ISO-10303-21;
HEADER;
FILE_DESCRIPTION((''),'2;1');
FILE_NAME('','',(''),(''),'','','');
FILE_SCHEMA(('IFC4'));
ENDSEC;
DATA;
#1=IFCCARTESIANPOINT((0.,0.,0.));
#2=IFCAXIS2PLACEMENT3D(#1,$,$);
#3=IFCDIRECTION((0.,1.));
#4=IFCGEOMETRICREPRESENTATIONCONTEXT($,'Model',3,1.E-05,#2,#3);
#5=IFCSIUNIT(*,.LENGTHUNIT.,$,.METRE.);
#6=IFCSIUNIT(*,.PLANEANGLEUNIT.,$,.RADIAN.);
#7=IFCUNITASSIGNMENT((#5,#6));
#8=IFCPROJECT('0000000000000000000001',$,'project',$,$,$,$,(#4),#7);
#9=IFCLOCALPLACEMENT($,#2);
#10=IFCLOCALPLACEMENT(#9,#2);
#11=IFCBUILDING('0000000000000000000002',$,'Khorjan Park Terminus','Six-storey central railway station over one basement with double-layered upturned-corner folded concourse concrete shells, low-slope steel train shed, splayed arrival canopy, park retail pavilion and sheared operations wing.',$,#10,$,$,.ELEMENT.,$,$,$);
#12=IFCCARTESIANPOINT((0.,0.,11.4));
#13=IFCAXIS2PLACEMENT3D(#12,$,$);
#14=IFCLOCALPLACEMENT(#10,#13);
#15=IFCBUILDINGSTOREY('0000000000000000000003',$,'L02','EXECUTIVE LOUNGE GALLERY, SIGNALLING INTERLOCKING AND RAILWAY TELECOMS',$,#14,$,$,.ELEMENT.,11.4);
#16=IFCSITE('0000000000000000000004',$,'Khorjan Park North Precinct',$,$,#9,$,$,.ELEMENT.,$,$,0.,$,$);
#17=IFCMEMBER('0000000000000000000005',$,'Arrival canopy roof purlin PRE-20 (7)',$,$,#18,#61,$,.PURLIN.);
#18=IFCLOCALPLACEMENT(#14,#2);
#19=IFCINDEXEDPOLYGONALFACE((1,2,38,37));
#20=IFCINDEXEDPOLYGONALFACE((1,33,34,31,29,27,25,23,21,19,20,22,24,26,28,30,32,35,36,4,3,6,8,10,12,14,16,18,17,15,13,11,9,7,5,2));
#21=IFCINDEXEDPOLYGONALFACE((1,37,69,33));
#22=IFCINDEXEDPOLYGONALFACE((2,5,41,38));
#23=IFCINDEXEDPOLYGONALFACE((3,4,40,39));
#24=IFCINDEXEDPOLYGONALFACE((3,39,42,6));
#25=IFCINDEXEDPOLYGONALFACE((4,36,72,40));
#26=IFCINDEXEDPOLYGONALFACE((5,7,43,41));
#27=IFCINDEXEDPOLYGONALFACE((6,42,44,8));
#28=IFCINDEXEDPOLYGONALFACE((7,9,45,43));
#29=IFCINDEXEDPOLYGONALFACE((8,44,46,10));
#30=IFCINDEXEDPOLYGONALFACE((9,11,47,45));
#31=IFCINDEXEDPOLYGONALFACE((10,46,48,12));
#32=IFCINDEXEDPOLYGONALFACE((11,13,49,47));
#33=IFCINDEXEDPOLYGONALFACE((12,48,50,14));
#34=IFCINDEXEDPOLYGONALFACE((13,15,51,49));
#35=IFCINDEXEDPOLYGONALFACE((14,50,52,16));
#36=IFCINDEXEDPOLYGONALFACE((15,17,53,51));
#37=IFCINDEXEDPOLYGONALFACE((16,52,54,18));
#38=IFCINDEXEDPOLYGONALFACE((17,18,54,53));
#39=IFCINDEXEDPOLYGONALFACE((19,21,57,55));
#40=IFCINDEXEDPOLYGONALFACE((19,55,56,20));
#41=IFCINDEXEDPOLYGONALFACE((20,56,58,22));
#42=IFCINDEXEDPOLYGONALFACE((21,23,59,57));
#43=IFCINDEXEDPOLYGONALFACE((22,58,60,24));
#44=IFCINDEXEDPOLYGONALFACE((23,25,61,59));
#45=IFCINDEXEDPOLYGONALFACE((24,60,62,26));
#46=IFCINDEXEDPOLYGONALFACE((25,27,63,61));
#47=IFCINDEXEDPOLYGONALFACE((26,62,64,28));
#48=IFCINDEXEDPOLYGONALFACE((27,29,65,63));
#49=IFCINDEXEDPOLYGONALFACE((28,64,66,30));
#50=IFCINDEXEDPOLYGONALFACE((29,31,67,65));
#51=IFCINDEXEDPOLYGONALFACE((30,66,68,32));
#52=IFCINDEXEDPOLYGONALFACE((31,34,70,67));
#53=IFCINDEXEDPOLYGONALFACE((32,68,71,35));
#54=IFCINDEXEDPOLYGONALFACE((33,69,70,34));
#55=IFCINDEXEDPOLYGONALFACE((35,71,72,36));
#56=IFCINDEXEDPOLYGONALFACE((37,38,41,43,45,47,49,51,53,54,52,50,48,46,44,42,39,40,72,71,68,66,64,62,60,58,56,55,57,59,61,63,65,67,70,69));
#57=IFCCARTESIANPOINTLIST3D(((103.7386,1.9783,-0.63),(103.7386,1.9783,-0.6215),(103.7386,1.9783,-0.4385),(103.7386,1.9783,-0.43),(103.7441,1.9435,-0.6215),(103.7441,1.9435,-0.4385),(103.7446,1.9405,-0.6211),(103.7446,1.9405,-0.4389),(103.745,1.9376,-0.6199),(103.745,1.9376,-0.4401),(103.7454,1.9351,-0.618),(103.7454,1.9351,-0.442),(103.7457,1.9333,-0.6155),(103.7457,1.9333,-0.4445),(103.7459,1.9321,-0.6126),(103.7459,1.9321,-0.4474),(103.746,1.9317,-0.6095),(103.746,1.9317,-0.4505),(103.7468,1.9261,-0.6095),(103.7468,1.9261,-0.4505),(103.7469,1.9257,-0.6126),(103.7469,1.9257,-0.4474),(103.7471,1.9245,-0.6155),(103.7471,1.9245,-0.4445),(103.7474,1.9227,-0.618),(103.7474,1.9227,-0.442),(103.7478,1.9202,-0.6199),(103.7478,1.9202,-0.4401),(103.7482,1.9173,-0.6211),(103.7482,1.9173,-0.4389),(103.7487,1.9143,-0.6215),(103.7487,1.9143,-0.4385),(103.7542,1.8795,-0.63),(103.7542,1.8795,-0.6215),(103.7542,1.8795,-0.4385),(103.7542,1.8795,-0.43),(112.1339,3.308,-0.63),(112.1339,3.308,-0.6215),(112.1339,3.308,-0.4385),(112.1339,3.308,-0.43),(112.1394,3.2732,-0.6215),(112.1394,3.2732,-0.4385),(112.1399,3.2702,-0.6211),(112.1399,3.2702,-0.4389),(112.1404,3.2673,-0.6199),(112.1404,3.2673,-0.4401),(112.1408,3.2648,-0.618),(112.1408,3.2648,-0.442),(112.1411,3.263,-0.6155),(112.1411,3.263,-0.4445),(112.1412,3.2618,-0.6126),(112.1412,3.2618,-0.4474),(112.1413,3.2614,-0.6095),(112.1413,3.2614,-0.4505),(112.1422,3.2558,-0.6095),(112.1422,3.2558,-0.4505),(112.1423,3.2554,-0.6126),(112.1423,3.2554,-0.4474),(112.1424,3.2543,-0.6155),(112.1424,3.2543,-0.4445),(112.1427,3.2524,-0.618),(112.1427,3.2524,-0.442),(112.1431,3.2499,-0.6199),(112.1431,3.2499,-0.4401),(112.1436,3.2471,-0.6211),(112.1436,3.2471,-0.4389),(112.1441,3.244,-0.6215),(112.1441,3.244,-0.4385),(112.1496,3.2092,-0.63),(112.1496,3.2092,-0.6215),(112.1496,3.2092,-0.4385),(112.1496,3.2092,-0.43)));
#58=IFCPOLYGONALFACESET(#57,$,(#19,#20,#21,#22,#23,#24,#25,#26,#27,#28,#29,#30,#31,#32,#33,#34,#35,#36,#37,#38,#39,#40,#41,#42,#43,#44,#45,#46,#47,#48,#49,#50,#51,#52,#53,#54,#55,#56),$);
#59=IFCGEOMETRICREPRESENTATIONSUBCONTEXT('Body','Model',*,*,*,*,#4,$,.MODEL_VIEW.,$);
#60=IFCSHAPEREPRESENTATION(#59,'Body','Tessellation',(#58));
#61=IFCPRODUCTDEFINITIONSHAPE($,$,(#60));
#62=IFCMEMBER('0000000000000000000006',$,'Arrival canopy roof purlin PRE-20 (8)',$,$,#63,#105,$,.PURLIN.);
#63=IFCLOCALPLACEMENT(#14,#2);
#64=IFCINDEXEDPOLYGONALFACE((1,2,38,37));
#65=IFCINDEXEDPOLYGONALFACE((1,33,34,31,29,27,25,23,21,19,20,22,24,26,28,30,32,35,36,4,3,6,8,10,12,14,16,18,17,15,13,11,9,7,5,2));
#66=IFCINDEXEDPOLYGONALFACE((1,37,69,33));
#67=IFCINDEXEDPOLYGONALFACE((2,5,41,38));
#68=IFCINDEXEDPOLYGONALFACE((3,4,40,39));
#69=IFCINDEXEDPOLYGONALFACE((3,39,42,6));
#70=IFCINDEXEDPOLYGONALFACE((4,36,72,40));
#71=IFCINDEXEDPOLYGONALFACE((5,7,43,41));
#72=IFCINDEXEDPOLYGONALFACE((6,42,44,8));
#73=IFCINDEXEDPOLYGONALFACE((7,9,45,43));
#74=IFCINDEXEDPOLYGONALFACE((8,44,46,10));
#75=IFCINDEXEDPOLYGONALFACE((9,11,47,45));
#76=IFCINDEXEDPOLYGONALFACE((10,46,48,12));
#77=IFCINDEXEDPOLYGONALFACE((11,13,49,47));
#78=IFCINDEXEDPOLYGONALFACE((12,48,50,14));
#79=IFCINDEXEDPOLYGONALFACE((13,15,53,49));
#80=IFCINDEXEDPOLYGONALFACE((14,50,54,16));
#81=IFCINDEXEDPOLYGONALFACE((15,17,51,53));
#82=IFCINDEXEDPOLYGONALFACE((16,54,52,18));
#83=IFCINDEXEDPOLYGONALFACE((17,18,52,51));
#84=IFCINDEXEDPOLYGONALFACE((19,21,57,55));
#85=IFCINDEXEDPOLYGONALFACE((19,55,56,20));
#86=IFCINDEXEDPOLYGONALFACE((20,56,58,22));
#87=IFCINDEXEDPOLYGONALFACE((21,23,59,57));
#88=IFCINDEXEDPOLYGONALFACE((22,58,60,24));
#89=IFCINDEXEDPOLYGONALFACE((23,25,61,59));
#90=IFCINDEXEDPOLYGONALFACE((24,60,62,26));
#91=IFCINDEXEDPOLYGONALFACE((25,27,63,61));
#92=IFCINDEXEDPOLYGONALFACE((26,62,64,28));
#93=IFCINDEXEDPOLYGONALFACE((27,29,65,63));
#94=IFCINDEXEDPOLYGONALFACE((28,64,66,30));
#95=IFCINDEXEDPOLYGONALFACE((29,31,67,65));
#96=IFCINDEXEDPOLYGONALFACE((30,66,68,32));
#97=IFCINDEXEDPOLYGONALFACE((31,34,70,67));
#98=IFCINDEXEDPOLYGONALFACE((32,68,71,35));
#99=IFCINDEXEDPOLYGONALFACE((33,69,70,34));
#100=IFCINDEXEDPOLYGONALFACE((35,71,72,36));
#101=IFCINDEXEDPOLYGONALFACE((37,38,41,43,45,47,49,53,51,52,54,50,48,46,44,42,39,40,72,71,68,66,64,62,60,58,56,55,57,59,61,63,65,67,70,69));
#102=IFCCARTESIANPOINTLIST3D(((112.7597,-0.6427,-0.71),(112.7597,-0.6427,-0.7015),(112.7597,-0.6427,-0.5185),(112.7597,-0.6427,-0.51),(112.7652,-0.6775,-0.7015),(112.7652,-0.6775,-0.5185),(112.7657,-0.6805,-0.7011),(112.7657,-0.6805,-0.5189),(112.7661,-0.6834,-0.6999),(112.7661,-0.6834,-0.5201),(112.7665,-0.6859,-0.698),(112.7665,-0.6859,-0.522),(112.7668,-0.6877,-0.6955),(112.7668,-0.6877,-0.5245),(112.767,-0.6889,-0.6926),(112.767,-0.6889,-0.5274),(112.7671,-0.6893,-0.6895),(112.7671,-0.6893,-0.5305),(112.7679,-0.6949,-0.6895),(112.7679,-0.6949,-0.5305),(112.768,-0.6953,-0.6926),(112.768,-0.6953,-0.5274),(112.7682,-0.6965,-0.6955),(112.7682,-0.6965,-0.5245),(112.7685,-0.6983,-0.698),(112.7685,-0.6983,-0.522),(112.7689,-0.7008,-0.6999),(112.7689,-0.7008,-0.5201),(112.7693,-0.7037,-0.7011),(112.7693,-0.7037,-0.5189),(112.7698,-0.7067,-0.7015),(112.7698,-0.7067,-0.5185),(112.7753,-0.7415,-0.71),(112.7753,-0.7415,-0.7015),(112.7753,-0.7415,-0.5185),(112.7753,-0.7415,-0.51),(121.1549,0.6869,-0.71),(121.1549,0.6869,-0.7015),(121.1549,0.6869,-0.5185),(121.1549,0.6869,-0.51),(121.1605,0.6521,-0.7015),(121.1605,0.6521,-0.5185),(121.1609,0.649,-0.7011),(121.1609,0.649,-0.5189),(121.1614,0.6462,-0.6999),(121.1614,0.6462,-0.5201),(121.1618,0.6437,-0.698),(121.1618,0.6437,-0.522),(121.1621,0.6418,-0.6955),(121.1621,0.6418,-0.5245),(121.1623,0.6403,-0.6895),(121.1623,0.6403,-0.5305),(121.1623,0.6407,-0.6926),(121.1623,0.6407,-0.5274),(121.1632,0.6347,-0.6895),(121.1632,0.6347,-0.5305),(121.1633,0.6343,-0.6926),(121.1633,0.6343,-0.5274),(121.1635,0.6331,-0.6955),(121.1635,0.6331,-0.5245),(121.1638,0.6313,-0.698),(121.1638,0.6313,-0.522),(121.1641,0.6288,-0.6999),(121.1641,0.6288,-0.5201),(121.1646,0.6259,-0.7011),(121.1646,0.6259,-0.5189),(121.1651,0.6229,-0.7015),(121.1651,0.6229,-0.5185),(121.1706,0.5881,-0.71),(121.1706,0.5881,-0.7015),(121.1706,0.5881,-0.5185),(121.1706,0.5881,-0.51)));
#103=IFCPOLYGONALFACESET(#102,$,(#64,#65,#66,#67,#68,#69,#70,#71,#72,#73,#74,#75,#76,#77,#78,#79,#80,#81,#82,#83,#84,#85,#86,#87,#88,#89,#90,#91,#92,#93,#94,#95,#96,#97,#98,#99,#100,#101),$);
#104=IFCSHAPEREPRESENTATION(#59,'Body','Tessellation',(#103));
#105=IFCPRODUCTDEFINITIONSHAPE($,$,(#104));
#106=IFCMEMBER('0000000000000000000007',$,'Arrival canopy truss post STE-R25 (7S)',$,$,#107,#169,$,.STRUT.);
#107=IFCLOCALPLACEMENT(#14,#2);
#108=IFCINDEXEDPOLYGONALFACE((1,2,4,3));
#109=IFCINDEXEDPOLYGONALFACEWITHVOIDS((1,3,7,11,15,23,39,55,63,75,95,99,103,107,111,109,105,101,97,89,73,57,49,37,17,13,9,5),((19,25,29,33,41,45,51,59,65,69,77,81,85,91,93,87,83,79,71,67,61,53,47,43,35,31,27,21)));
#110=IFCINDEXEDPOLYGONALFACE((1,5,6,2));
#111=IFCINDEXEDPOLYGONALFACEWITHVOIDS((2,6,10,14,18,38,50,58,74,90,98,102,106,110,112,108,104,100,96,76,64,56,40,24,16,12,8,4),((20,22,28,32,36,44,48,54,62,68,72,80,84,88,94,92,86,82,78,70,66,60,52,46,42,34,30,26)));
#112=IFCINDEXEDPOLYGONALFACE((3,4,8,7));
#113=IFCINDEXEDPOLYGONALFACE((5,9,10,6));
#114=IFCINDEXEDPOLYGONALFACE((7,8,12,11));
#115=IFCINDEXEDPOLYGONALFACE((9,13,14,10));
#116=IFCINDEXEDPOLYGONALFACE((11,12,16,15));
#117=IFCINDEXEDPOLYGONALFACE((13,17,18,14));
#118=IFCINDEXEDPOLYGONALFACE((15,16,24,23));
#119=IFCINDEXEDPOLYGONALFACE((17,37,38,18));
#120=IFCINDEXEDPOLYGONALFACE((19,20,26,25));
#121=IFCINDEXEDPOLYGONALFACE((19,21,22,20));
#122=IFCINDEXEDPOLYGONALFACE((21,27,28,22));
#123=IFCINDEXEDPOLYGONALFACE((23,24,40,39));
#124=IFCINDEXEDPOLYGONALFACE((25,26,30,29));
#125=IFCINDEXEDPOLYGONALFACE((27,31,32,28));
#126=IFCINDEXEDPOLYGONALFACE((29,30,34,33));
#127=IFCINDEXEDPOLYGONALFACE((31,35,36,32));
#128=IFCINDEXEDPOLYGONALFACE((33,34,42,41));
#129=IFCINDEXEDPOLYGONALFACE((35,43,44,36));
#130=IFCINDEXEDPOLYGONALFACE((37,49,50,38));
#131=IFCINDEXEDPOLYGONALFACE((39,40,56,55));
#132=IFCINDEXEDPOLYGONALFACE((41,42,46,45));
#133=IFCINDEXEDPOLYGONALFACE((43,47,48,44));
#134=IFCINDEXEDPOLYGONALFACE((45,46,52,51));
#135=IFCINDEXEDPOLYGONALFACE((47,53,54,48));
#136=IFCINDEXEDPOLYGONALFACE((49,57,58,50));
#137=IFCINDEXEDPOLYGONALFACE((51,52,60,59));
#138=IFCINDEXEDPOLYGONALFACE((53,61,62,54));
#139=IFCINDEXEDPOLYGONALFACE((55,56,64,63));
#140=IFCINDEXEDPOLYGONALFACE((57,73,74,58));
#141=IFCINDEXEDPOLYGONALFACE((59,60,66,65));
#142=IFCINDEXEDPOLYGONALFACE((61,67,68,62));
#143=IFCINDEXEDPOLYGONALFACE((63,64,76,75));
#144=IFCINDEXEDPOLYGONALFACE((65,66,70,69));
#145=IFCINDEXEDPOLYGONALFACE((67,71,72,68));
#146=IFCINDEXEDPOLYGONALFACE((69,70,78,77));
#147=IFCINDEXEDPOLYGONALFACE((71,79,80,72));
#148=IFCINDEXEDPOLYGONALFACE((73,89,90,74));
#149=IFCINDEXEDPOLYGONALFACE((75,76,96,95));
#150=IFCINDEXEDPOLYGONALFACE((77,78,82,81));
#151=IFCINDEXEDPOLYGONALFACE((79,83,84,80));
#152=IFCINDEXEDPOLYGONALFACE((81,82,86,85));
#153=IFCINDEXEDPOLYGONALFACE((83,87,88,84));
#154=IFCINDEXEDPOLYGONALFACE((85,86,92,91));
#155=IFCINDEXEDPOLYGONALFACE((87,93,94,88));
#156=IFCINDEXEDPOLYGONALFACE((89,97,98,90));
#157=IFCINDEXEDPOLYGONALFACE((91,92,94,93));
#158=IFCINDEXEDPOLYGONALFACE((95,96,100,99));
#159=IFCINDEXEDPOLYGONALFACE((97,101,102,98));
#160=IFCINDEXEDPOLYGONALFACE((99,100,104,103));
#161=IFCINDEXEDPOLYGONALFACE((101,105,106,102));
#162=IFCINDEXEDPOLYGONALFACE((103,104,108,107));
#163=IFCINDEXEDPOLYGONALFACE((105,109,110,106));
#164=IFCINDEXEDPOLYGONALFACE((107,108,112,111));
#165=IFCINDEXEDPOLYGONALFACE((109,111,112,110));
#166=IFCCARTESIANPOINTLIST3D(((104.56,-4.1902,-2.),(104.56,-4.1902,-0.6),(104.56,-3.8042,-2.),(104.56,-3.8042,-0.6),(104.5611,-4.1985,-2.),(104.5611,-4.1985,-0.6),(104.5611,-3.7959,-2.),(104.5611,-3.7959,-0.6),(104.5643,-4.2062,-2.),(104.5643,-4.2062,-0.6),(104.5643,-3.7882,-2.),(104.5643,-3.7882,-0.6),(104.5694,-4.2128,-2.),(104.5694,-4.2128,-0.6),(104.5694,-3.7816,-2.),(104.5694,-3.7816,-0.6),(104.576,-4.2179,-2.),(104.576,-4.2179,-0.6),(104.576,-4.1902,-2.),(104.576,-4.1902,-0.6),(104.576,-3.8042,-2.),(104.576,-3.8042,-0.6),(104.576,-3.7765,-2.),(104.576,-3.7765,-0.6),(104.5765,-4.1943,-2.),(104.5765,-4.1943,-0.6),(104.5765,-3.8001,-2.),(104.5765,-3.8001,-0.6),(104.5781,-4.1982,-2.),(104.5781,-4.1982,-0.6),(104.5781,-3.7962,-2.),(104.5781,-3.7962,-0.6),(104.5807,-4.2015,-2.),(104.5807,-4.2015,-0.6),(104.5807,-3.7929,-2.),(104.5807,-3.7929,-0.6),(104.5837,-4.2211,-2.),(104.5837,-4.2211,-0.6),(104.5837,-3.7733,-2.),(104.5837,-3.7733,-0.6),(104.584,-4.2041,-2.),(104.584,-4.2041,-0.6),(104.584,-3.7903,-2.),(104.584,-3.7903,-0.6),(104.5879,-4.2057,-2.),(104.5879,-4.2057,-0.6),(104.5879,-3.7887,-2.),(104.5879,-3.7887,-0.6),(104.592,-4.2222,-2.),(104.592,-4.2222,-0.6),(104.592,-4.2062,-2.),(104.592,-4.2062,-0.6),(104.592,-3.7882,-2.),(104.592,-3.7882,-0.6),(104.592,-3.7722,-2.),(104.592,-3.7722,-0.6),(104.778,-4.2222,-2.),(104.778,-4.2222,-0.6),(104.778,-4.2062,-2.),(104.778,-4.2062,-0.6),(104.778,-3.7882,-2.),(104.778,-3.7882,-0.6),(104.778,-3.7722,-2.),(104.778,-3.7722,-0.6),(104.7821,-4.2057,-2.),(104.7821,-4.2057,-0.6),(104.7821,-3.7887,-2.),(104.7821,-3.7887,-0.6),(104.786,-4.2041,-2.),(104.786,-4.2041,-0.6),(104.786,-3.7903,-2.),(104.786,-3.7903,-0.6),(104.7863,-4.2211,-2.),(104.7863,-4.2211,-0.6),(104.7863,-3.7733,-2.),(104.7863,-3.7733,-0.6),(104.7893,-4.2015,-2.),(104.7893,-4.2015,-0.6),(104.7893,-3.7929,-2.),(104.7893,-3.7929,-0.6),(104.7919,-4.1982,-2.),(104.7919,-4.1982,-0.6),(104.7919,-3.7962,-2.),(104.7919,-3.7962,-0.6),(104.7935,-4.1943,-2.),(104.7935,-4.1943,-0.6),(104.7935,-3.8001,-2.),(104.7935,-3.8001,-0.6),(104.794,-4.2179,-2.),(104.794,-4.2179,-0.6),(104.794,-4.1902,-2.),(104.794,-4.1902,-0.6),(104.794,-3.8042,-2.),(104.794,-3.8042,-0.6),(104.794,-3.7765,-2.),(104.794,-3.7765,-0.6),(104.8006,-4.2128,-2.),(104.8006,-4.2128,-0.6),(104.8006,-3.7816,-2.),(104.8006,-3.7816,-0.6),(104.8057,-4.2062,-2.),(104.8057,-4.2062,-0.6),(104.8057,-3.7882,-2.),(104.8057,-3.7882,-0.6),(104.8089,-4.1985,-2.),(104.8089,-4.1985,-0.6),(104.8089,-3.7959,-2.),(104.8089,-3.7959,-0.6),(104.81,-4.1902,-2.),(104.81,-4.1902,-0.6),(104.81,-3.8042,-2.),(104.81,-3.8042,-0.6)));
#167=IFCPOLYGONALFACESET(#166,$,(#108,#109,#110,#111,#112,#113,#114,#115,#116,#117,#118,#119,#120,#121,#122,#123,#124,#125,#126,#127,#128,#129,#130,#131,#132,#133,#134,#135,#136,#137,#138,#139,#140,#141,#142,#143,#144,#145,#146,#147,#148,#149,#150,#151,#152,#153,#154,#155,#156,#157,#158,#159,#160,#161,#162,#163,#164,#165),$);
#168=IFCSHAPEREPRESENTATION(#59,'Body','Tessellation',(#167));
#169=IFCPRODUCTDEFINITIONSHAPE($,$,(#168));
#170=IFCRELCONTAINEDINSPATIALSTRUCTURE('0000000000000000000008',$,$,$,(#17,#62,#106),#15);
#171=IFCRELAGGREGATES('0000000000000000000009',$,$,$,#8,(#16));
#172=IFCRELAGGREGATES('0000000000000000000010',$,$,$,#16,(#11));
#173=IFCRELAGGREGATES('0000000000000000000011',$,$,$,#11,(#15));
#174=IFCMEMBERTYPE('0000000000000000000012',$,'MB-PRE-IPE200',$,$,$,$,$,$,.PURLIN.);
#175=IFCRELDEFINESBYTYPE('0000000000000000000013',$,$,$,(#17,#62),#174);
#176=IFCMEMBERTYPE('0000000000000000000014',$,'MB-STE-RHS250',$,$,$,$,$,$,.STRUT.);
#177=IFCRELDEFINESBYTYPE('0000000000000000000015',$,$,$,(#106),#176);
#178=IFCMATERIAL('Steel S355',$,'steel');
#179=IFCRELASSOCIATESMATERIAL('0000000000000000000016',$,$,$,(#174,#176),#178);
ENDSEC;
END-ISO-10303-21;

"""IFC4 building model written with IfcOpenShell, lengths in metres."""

from ifc_helpers import new_model, si_unit, direction, frame, origin, origin_2d, place, context, subcontext, project, spatial, hollow_rectangle, i_section, extrude, material, material_profile, profile_set, type_object, element, save


model = new_model("IFC4")

# Units and contexts
model_context = context("Model", 3, precision=1e-05, world=origin(), true_north=direction((0.0, 1.0)))
body_context = subcontext(model_context, "Body", "Model", "MODEL_VIEW")
ifc_project = project(units=[si_unit("LENGTHUNIT", "METRE"), si_unit("PLANEANGLEUNIT", "RADIAN")], contexts=[model_context])

# Site, building, storey
site_placement = place(None, origin())
site = spatial("IfcSite", under=ifc_project, at=site_placement, Name="Khorjan Park North Precinct", CompositionType="ELEMENT", RefElevation=0.0)
building_placement = place(site_placement, origin())
building = spatial("IfcBuilding", under=site, at=building_placement, Name="Khorjan Park Terminus", Description="Six-storey central railway station over one basement with double-layered upturned-corner folded concourse concrete shells, low-slope steel train shed, splayed arrival canopy, park retail pavilion and sheared operations wing.", CompositionType="ELEMENT")
storey_placement = place(building_placement, frame((0.0, 0.0, 11.4)))
storey = spatial("IfcBuildingStorey", under=building, at=storey_placement, Name="L02", Description="EXECUTIVE LOUNGE GALLERY, SIGNALLING INTERLOCKING AND RAILWAY TELECOMS", CompositionType="ELEMENT", Elevation=11.4)

# Members
ifc_material = material(Name="Steel S355", Category="steel")
ifc_material_profile_1 = material_profile(ifc_material, i_section(OverallWidth=0.1, OverallDepth=0.2, WebThickness=0.0056, FlangeThickness=0.0085, FilletRadius=0.012, at=origin_2d()), Name="IPE 200")
ifc_profile_set_1 = profile_set([ifc_material_profile_1], Name="Steel S355")
member_type_1 = type_object("IfcMemberType", Name="MB-PRE-IPE200", PredefinedType="PURLIN", material=ifc_profile_set_1)
for number, where, z_axis, x_axis, name in (
    (1, (103.7464, 1.9289, -0.53), (0.987688, 0.156436, 0.0), (-0.156436, 0.987688, 0.0), "Arrival canopy roof purlin PRE-20 (7)"),
):
    element("IfcMember", number, at=place(storey_placement, frame(where, z_axis=z_axis, x_axis=x_axis)), inside=storey, type_object=member_type_1, Name=name, PredefinedType="PURLIN", context=body_context, shape_type="SweptSolid", body=[
        extrude(i_section(OverallWidth=0.1, OverallDepth=0.2, WebThickness=0.0056, FlangeThickness=0.0085, FilletRadius=0.012, at=origin_2d()), origin(), (0.0, 0.0, 1.0), 8.5),
    ])
member_1_placement = place(storey_placement, frame((112.7675, -0.6921, -0.61), z_axis=(0.98769, 0.156425, 0.0), x_axis=(-0.156425, 0.98769, 0.0)))
element("IfcMember", 2, at=member_1_placement, inside=storey, type_object=member_type_1, Name="Arrival canopy roof purlin PRE-20 (8)", PredefinedType="PURLIN", context=body_context, shape_type="SweptSolid", body=[
    extrude(i_section(OverallWidth=0.1, OverallDepth=0.2, WebThickness=0.0056, FlangeThickness=0.0085, FilletRadius=0.012, at=origin_2d()), origin(), (0.0, 0.0, 1.0), 8.4999),
])
ifc_material_profile_2 = material_profile(ifc_material, hollow_rectangle(XDim=0.25, YDim=0.45, WallThickness=0.016, InnerFilletRadius=0.016, OuterFilletRadius=0.032, at=origin_2d()), Name="RHS 450x250x16")
ifc_profile_set_2 = profile_set([ifc_material_profile_2], Name="Steel S355")
member_type_2 = type_object("IfcMemberType", Name="MB-STE-RHS250", PredefinedType="STRUT", material=ifc_profile_set_2)
member_2_placement = place(storey_placement, frame((104.685, -3.9972, -2.0), z_axis=(0.0, 0.0, 1.0), x_axis=(1.0, 0.0, 0.0)))
element("IfcMember", 3, at=member_2_placement, inside=storey, type_object=member_type_2, Name="Arrival canopy truss post STE-R25 (7S)", PredefinedType="STRUT", context=body_context, shape_type="SweptSolid", body=[
    extrude(hollow_rectangle(XDim=0.25, YDim=0.45, WallThickness=0.016, InnerFilletRadius=0.016, OuterFilletRadius=0.032, at=origin_2d()), origin(), (0.0, 0.0, 1.0), 1.4),
])

save(model, "model.ifc")
